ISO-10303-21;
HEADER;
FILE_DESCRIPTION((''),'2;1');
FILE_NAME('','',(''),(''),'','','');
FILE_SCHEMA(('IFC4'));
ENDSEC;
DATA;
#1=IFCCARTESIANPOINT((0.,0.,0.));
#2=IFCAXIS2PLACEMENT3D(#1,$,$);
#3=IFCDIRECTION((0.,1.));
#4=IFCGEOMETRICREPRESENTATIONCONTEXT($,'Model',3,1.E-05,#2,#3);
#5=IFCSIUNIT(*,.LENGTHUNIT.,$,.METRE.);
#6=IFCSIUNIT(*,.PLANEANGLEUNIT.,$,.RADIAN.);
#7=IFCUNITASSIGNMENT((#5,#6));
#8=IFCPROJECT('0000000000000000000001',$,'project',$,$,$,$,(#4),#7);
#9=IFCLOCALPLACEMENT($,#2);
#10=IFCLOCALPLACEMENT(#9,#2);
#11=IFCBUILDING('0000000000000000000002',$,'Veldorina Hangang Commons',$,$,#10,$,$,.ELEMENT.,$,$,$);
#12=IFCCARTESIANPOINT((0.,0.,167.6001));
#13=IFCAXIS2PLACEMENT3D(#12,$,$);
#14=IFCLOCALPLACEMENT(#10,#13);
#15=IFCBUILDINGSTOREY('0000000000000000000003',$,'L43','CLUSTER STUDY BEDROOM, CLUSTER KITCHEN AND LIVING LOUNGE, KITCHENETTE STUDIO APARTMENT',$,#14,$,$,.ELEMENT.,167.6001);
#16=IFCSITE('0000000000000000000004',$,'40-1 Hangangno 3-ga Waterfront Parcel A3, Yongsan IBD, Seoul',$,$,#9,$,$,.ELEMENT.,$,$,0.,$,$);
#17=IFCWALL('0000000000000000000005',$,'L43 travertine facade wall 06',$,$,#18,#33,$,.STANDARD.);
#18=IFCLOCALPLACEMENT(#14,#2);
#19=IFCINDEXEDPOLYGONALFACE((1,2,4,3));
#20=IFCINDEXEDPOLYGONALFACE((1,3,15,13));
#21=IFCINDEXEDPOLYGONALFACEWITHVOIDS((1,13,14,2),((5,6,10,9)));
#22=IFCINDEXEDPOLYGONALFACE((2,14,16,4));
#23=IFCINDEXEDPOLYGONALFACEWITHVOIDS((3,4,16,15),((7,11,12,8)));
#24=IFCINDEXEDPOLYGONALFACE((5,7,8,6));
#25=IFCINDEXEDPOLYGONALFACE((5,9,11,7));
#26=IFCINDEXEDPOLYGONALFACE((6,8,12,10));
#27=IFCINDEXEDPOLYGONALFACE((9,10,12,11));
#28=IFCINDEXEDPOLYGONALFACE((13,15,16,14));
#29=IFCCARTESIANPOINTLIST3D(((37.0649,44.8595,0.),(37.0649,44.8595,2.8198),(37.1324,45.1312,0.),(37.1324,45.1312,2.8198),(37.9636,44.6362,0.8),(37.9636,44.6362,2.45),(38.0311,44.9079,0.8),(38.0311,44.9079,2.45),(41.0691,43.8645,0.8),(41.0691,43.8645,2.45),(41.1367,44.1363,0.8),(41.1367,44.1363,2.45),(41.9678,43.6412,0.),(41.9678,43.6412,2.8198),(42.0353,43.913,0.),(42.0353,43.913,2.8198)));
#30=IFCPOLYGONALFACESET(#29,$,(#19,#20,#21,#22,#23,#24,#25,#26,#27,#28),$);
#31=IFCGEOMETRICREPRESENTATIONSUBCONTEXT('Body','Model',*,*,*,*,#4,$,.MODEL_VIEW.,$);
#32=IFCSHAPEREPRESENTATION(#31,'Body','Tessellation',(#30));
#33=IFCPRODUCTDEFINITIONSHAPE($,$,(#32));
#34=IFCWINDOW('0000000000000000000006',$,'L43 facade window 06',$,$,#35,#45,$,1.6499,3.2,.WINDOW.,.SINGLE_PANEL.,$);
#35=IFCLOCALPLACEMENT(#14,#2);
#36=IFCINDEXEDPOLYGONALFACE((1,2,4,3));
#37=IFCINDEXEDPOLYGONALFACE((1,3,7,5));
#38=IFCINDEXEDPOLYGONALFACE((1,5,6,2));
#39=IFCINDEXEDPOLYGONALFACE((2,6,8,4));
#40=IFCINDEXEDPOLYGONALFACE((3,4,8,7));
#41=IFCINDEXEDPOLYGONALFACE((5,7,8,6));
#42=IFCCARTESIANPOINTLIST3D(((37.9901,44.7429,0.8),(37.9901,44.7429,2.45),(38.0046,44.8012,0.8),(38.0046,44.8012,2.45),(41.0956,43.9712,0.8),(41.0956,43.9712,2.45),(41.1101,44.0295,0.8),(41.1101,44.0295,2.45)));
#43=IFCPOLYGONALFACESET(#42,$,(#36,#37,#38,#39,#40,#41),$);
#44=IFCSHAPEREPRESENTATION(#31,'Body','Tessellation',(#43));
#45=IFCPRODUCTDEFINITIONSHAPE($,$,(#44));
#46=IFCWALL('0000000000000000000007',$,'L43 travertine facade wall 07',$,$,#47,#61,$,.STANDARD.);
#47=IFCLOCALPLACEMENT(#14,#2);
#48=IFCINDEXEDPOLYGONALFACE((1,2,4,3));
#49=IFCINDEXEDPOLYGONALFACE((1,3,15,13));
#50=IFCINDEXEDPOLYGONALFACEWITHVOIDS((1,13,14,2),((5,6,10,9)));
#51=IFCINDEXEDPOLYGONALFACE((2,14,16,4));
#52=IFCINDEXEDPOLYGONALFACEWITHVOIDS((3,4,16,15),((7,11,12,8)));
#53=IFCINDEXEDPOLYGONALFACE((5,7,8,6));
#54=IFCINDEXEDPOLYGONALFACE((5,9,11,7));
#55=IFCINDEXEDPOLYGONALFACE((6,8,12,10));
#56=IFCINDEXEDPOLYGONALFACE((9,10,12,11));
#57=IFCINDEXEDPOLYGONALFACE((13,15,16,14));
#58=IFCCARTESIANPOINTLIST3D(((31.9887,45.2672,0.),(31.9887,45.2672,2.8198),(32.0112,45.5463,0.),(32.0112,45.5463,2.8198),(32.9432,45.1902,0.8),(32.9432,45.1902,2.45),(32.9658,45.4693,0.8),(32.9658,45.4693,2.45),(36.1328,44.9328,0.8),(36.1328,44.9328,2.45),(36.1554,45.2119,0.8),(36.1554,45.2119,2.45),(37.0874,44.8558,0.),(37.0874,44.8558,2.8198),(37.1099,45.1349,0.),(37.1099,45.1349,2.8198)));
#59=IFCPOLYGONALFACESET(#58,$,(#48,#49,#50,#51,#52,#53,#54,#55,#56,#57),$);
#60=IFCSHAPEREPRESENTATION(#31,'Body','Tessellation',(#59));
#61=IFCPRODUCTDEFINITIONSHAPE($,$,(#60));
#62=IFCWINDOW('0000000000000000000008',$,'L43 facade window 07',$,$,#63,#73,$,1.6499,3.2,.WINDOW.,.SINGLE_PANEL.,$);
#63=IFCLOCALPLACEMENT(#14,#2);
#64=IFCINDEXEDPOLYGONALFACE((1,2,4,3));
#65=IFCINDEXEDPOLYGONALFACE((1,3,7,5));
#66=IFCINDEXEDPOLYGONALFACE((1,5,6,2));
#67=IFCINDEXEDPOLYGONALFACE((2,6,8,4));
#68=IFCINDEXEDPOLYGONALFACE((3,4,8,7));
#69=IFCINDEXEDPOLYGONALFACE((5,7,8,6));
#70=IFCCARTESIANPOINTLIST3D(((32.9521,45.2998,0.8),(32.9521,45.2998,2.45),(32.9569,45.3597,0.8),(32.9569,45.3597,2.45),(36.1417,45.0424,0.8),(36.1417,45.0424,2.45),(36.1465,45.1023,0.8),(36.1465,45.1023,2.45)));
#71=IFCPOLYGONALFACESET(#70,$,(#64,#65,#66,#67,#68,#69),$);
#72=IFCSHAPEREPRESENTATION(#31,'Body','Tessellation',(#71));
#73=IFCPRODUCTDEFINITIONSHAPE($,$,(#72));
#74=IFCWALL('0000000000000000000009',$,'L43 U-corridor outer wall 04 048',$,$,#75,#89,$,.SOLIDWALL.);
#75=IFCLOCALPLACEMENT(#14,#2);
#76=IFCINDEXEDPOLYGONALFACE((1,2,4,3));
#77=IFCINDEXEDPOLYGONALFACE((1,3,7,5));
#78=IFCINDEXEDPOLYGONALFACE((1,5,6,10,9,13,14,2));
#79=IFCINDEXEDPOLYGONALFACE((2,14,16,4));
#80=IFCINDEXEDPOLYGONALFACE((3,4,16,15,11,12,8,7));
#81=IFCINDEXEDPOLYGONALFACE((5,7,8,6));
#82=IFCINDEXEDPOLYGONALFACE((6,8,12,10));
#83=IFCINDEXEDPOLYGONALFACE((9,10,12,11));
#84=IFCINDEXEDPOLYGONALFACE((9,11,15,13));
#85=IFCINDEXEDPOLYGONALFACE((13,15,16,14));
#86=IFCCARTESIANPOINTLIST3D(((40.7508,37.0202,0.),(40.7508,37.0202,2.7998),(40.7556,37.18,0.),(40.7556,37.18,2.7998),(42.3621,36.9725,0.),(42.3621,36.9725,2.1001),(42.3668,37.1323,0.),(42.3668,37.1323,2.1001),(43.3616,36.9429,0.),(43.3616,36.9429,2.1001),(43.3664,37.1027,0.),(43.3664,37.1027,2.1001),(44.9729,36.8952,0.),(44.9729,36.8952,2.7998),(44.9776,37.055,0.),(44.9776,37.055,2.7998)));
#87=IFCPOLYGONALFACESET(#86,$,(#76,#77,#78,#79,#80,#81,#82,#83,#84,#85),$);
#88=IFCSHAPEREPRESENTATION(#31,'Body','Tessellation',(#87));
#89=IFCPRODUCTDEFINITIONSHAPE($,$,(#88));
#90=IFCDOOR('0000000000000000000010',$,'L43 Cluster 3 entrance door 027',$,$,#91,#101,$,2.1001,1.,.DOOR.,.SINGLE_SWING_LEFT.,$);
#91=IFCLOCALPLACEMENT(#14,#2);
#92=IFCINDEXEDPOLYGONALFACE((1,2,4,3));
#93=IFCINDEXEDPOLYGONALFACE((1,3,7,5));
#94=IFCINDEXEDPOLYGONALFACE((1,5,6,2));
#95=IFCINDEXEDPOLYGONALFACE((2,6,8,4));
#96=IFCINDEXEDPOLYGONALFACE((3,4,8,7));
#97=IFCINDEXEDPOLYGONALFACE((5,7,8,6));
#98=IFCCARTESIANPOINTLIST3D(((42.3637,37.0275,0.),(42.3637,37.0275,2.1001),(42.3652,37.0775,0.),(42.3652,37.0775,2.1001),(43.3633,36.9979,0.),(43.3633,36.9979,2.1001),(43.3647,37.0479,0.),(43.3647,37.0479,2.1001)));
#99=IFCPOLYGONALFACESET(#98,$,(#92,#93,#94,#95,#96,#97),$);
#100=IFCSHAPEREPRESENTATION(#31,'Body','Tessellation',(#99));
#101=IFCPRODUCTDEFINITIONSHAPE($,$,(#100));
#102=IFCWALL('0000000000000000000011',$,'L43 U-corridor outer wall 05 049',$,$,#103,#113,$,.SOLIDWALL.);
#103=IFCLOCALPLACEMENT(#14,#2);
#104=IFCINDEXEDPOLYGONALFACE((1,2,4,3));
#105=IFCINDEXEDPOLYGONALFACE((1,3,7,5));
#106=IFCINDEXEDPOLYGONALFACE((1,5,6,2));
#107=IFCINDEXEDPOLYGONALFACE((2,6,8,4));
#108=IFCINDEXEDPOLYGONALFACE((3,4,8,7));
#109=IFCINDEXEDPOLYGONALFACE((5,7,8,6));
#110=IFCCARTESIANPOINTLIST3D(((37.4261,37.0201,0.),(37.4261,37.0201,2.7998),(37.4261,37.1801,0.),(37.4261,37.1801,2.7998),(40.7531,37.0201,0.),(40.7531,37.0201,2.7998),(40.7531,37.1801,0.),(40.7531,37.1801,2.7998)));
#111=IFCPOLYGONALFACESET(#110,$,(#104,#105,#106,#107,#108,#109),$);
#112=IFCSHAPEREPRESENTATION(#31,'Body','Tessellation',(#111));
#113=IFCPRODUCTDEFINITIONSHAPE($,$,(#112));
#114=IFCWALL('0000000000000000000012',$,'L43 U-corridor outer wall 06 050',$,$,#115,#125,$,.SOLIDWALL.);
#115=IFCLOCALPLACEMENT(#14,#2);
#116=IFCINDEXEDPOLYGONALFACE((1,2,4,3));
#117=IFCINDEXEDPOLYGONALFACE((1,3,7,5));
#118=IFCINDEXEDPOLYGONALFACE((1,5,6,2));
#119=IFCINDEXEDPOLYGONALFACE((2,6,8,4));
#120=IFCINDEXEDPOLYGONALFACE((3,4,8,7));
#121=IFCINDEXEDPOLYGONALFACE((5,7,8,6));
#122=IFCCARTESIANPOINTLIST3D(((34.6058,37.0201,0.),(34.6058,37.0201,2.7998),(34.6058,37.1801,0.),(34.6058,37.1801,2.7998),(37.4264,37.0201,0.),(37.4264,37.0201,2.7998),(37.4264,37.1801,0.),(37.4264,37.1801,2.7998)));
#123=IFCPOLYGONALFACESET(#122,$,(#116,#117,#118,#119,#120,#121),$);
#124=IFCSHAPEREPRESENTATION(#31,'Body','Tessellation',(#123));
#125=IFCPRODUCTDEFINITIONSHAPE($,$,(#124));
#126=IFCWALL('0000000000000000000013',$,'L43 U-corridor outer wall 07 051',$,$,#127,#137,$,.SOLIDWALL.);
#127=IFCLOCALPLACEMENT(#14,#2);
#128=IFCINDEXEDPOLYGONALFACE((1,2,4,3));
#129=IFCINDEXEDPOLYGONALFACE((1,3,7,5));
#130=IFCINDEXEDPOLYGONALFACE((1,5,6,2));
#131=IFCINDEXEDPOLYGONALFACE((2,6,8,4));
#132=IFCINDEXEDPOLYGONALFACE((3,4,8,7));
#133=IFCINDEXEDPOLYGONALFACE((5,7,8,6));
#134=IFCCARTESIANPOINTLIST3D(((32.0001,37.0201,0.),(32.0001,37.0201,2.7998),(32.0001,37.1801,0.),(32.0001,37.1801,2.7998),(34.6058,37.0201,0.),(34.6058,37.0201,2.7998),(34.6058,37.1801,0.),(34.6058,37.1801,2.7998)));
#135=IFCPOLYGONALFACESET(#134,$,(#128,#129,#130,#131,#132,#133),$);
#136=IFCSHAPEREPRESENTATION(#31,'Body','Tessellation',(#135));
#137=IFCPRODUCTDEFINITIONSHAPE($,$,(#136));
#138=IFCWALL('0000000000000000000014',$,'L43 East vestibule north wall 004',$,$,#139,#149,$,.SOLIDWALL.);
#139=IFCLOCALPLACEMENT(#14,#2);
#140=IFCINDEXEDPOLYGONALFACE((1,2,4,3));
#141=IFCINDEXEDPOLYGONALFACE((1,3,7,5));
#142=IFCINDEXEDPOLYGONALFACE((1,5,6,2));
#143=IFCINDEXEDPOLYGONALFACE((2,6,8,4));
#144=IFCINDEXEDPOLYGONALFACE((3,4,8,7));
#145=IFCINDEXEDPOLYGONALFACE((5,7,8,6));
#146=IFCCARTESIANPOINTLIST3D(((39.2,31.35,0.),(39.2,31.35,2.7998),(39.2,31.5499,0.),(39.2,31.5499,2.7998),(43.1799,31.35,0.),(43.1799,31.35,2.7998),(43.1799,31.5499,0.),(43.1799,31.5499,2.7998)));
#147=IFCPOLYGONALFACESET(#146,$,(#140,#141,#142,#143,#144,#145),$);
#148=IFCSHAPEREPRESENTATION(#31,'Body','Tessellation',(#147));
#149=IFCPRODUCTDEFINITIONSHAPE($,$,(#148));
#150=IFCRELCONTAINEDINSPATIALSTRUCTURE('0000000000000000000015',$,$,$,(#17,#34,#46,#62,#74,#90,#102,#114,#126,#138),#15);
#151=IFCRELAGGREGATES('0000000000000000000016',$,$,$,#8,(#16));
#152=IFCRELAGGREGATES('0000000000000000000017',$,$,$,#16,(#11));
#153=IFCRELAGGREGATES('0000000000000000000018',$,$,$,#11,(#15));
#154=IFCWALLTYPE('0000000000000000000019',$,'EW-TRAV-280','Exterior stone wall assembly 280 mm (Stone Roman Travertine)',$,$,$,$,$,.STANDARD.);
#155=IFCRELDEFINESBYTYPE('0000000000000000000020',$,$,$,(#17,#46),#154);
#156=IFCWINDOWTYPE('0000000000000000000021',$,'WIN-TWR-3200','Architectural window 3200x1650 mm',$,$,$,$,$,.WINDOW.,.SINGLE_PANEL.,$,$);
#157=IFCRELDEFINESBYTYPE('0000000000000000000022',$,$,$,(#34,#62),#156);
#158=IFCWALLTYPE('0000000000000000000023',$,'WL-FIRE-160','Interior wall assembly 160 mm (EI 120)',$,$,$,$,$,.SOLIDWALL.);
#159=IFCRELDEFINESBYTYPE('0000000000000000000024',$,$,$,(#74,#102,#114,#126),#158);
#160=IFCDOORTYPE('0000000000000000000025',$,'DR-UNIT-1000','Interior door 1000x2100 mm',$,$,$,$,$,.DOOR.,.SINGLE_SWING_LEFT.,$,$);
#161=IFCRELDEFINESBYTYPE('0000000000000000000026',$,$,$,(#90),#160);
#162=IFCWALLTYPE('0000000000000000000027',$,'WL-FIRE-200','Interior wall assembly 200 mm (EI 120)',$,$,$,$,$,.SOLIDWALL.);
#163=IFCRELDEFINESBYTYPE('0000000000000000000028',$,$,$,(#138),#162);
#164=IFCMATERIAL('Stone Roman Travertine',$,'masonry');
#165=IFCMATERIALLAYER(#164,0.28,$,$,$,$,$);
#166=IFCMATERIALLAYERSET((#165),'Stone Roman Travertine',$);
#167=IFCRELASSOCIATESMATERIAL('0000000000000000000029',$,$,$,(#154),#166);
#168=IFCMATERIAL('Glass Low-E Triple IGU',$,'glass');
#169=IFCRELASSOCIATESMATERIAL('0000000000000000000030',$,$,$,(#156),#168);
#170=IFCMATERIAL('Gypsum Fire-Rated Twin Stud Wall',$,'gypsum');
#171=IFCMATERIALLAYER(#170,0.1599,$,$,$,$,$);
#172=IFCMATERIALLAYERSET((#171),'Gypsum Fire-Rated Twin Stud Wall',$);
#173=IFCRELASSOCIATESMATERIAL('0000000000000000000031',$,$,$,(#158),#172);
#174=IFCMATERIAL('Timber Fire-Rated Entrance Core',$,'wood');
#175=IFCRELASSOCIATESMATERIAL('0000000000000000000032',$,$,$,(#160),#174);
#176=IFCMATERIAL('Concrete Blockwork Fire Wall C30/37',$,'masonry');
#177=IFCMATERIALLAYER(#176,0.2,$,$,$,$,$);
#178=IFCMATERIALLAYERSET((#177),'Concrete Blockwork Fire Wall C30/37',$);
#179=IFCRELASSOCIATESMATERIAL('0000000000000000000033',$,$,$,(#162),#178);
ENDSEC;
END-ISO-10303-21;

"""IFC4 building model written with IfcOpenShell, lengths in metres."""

from ifc_helpers import new_model, si_unit, direction, frame, frame_2d, origin, place, context, subcontext, project, spatial, rectangle, extrude, material, layer, layer_set, type_object, element, fill, save


model = new_model("IFC4")

# Units and contexts
model_context = context("Model", 3, precision=1e-05, world=origin(), true_north=direction((0.0, 1.0)))
body_context = subcontext(model_context, "Body", "Model", "MODEL_VIEW")
ifc_project = project(units=[si_unit("LENGTHUNIT", "METRE"), si_unit("PLANEANGLEUNIT", "RADIAN")], contexts=[model_context])

# Site, building, storey
site_placement = place(None, origin())
site = spatial("IfcSite", under=ifc_project, at=site_placement, Name="40-1 Hangangno 3-ga Waterfront Parcel A3, Yongsan IBD, Seoul", CompositionType="ELEMENT", RefElevation=0.0)
building_placement = place(site_placement, origin())
building = spatial("IfcBuilding", under=site, at=building_placement, Name="Veldorina Hangang Commons", CompositionType="ELEMENT")
storey_placement = place(building_placement, frame((0.0, 0.0, 167.6001)))
storey = spatial("IfcBuildingStorey", under=building, at=storey_placement, Name="L43", Description="CLUSTER STUDY BEDROOM, CLUSTER KITCHEN AND LIVING LOUNGE, KITCHENETTE STUDIO APARTMENT", CompositionType="ELEMENT", Elevation=167.6001)

# Walls, openings, windows
ifc_material_1 = material(Name="Stone Roman Travertine", Category="masonry")
ifc_layer_1 = layer(ifc_material_1, 0.28)
ifc_layer_set_1 = layer_set([ifc_layer_1], Name="Stone Roman Travertine")
wall_type_1 = type_object("IfcWallType", Name="EW-TRAV-280", Description="Exterior stone wall assembly 280 mm (Stone Roman Travertine)", PredefinedType="STANDARD", material=ifc_layer_set_1)
wall_1_placement = place(storey_placement, frame((42.0015, 43.7771, 0.0), z_axis=(0.0, 0.0, 1.0), x_axis=(-0.970488, 0.241148, 0.0)))
wall_1 = element("IfcWall", 1, at=wall_1_placement, inside=storey, type_object=wall_type_1, Name="L43 travertine facade wall 06", PredefinedType="STANDARD", context=body_context, shape_type="SweptSolid", body=[
    extrude(rectangle(XDim=5.052, YDim=0.28, at=frame_2d((2.5259, 0.0))), origin(), (0.0, 0.0, 1.0), 2.8198),
])
opening_1_placement = place(wall_1_placement, frame((0.9258, 0.0, 0.8)))
opening_1 = element("IfcOpeningElement", 2, at=opening_1_placement, cuts=wall_1, PredefinedType="OPENING", context=body_context, shape_type="SweptSolid", body=[
    extrude(rectangle(XDim=3.2, YDim=1.6499, at=frame_2d((1.6001, 0.825))), frame((0.0, 0.1499, 0.0), z_axis=(0.0, -1.0, 0.0), x_axis=(1.0, 0.0, 0.0)), (0.0, 0.0, 1.0), 0.3),
])
ifc_material_2 = material(Name="Glass Low-E Triple IGU", Category="glass")
window_type = type_object("IfcWindowType", Name="WIN-TWR-3200", Description="Architectural window 3200x1650 mm", PartitioningType="SINGLE_PANEL", PredefinedType="WINDOW", material=ifc_material_2)
window_1_placement = place(opening_1_placement, origin())
window_1 = element("IfcWindow", 3, at=window_1_placement, inside=storey, type_object=window_type, Name="L43 facade window 06", OverallHeight=1.6499, OverallWidth=3.2, PartitioningType="SINGLE_PANEL", PredefinedType="WINDOW", context=body_context, shape_type="SweptSolid", body=[
    extrude(rectangle(XDim=3.2, YDim=1.6499, at=frame_2d((1.6001, 0.825))), frame((0.0, 0.03, 0.0), z_axis=(0.0, -1.0, 0.0), x_axis=(1.0, 0.0, 0.0)), (0.0, 0.0, 1.0), 0.0601),
])
fill(opening_1, window_1)
wall_2_placement = place(storey_placement, frame((37.0986, 44.9954, 0.0), z_axis=(0.0, 0.0, 1.0), x_axis=(-0.996761, 0.080422, 0.0)))
wall_2 = element("IfcWall", 4, at=wall_2_placement, inside=storey, type_object=wall_type_1, Name="L43 travertine facade wall 07", PredefinedType="STANDARD", context=body_context, shape_type="SweptSolid", body=[
    extrude(rectangle(XDim=5.1152, YDim=0.28, at=frame_2d((2.5576, 0.0))), origin(), (0.0, 0.0, 1.0), 2.8198),
])
opening_2_placement = place(wall_2_placement, frame((0.9575, 0.0, 0.8)))
opening_2 = element("IfcOpeningElement", 5, at=opening_2_placement, cuts=wall_2, PredefinedType="OPENING", context=body_context, shape_type="SweptSolid", body=[
    extrude(rectangle(XDim=3.2, YDim=1.6499, at=frame_2d((1.6001, 0.825))), frame((0.0, 0.1499, 0.0), z_axis=(0.0, -1.0, 0.0), x_axis=(1.0, 0.0, 0.0)), (0.0, 0.0, 1.0), 0.3),
])
window_2_placement = place(opening_2_placement, origin())
window_2 = element("IfcWindow", 6, at=window_2_placement, inside=storey, type_object=window_type, Name="L43 facade window 07", OverallHeight=1.6499, OverallWidth=3.2, PartitioningType="SINGLE_PANEL", PredefinedType="WINDOW", context=body_context, shape_type="SweptSolid", body=[
    extrude(rectangle(XDim=3.2, YDim=1.6499, at=frame_2d((1.6001, 0.825))), frame((0.0, 0.03, 0.0), z_axis=(0.0, -1.0, 0.0), x_axis=(1.0, 0.0, 0.0)), (0.0, 0.0, 1.0), 0.0601),
])
fill(opening_2, window_2)

# Wall, opening, door
ifc_material_3 = material(Name="Gypsum Fire-Rated Twin Stud Wall", Category="gypsum")
ifc_layer_2 = layer(ifc_material_3, 0.1599)
ifc_layer_set_2 = layer_set([ifc_layer_2], Name="Gypsum Fire-Rated Twin Stud Wall")
wall_type_2 = type_object("IfcWallType", Name="WL-FIRE-160", Description="Interior wall assembly 160 mm (EI 120)", PredefinedType="SOLIDWALL", material=ifc_layer_set_2)
wall_3_placement = place(storey_placement, frame((44.9751, 36.9751, 0.0), z_axis=(0.0, 0.0, 1.0), x_axis=(-0.999562, 0.029594, 0.0)))
wall_3 = element("IfcWall", 7, at=wall_3_placement, inside=storey, type_object=wall_type_2, Name="L43 U-corridor outer wall 04 048", PredefinedType="SOLIDWALL", context=body_context, shape_type="SweptSolid", body=[
    extrude(rectangle(XDim=4.2239, YDim=0.1599, at=frame_2d((2.1118, 0.0))), origin(), (0.0, 0.0, 1.0), 2.7998),
])
opening_3_placement = place(wall_3_placement, frame((1.6118, 0.0, 0.0)))
opening_3 = element("IfcOpeningElement", 8, at=opening_3_placement, cuts=wall_3, PredefinedType="OPENING", context=body_context, shape_type="SweptSolid", body=[
    extrude(rectangle(XDim=1.0, YDim=2.1001, at=frame_2d((0.5, 1.05))), frame((0.0, 0.0898, 0.0), z_axis=(0.0, -1.0, 0.0), x_axis=(1.0, 0.0, 0.0)), (0.0, 0.0, 1.0), 0.1799),
])
ifc_material_4 = material(Name="Timber Fire-Rated Entrance Core", Category="wood")
door_type_1 = type_object("IfcDoorType", Name="DR-UNIT-1000", Description="Interior door 1000x2100 mm", OperationType="SINGLE_SWING_LEFT", PredefinedType="DOOR", material=ifc_material_4)
door_1_placement = place(opening_3_placement, origin())
door_1 = element("IfcDoor", 9, at=door_1_placement, inside=storey, type_object=door_type_1, Name="L43 Cluster 3 entrance door 027", OperationType="SINGLE_SWING_LEFT", OverallHeight=2.1001, OverallWidth=1.0, PredefinedType="DOOR", context=body_context, shape_type="SweptSolid", body=[
    extrude(rectangle(XDim=1.0, YDim=2.1001, at=frame_2d((0.5, 1.05))), frame((0.0, 0.0249, 0.0), z_axis=(0.0, -1.0, 0.0), x_axis=(1.0, 0.0, 0.0)), (0.0, 0.0, 1.0), 0.05),
])
fill(opening_3, door_1)

# Walls
wall_4_placement = place(storey_placement, frame((40.7532, 37.1001, 0.0), z_axis=(0.0, 0.0, 1.0), x_axis=(-1.0, 0.0, 0.0)))
element("IfcWall", 10, at=wall_4_placement, inside=storey, type_object=wall_type_2, Name="L43 U-corridor outer wall 05 049", PredefinedType="SOLIDWALL", context=body_context, shape_type="SweptSolid", body=[
    extrude(rectangle(XDim=3.3269, YDim=0.1599, at=frame_2d((1.6636, 0.0))), origin(), (0.0, 0.0, 1.0), 2.7998),
])
wall_5_placement = place(storey_placement, frame((37.4263, 37.1001, 0.0), z_axis=(0.0, 0.0, 1.0), x_axis=(-1.0, 0.0, 0.0)))
element("IfcWall", 11, at=wall_5_placement, inside=storey, type_object=wall_type_2, Name="L43 U-corridor outer wall 06 050", PredefinedType="SOLIDWALL", context=body_context, shape_type="SweptSolid", body=[
    extrude(rectangle(XDim=2.8206, YDim=0.1599, at=frame_2d((1.4102, 0.0))), origin(), (0.0, 0.0, 1.0), 2.7998),
])
wall_6_placement = place(storey_placement, frame((34.6057, 37.1001, 0.0), z_axis=(0.0, 0.0, 1.0), x_axis=(-1.0, 0.0, 0.0)))
element("IfcWall", 12, at=wall_6_placement, inside=storey, type_object=wall_type_2, Name="L43 U-corridor outer wall 07 051", PredefinedType="SOLIDWALL", context=body_context, shape_type="SweptSolid", body=[
    extrude(rectangle(XDim=2.6057, YDim=0.1599, at=frame_2d((1.3027, 0.0))), origin(), (0.0, 0.0, 1.0), 2.7998),
])
ifc_material_5 = material(Name="Concrete Blockwork Fire Wall C30/37", Category="masonry")
ifc_layer_3 = layer(ifc_material_5, 0.2)
ifc_layer_set_3 = layer_set([ifc_layer_3], Name="Concrete Blockwork Fire Wall C30/37")
wall_type_3 = type_object("IfcWallType", Name="WL-FIRE-200", Description="Interior wall assembly 200 mm (EI 120)", PredefinedType="SOLIDWALL", material=ifc_layer_set_3)
wall_7_placement = place(storey_placement, frame((39.2, 31.45, 0.0), z_axis=(0.0, 0.0, 1.0), x_axis=(1.0, 0.0, 0.0)))
element("IfcWall", 13, at=wall_7_placement, inside=storey, type_object=wall_type_3, Name="L43 East vestibule north wall 004", PredefinedType="SOLIDWALL", context=body_context, shape_type="SweptSolid", body=[
    extrude(rectangle(XDim=3.98, YDim=0.2, at=frame_2d((1.99, 0.0))), origin(), (0.0, 0.0, 1.0), 2.7998),
])

save(model, "model.ifc")
